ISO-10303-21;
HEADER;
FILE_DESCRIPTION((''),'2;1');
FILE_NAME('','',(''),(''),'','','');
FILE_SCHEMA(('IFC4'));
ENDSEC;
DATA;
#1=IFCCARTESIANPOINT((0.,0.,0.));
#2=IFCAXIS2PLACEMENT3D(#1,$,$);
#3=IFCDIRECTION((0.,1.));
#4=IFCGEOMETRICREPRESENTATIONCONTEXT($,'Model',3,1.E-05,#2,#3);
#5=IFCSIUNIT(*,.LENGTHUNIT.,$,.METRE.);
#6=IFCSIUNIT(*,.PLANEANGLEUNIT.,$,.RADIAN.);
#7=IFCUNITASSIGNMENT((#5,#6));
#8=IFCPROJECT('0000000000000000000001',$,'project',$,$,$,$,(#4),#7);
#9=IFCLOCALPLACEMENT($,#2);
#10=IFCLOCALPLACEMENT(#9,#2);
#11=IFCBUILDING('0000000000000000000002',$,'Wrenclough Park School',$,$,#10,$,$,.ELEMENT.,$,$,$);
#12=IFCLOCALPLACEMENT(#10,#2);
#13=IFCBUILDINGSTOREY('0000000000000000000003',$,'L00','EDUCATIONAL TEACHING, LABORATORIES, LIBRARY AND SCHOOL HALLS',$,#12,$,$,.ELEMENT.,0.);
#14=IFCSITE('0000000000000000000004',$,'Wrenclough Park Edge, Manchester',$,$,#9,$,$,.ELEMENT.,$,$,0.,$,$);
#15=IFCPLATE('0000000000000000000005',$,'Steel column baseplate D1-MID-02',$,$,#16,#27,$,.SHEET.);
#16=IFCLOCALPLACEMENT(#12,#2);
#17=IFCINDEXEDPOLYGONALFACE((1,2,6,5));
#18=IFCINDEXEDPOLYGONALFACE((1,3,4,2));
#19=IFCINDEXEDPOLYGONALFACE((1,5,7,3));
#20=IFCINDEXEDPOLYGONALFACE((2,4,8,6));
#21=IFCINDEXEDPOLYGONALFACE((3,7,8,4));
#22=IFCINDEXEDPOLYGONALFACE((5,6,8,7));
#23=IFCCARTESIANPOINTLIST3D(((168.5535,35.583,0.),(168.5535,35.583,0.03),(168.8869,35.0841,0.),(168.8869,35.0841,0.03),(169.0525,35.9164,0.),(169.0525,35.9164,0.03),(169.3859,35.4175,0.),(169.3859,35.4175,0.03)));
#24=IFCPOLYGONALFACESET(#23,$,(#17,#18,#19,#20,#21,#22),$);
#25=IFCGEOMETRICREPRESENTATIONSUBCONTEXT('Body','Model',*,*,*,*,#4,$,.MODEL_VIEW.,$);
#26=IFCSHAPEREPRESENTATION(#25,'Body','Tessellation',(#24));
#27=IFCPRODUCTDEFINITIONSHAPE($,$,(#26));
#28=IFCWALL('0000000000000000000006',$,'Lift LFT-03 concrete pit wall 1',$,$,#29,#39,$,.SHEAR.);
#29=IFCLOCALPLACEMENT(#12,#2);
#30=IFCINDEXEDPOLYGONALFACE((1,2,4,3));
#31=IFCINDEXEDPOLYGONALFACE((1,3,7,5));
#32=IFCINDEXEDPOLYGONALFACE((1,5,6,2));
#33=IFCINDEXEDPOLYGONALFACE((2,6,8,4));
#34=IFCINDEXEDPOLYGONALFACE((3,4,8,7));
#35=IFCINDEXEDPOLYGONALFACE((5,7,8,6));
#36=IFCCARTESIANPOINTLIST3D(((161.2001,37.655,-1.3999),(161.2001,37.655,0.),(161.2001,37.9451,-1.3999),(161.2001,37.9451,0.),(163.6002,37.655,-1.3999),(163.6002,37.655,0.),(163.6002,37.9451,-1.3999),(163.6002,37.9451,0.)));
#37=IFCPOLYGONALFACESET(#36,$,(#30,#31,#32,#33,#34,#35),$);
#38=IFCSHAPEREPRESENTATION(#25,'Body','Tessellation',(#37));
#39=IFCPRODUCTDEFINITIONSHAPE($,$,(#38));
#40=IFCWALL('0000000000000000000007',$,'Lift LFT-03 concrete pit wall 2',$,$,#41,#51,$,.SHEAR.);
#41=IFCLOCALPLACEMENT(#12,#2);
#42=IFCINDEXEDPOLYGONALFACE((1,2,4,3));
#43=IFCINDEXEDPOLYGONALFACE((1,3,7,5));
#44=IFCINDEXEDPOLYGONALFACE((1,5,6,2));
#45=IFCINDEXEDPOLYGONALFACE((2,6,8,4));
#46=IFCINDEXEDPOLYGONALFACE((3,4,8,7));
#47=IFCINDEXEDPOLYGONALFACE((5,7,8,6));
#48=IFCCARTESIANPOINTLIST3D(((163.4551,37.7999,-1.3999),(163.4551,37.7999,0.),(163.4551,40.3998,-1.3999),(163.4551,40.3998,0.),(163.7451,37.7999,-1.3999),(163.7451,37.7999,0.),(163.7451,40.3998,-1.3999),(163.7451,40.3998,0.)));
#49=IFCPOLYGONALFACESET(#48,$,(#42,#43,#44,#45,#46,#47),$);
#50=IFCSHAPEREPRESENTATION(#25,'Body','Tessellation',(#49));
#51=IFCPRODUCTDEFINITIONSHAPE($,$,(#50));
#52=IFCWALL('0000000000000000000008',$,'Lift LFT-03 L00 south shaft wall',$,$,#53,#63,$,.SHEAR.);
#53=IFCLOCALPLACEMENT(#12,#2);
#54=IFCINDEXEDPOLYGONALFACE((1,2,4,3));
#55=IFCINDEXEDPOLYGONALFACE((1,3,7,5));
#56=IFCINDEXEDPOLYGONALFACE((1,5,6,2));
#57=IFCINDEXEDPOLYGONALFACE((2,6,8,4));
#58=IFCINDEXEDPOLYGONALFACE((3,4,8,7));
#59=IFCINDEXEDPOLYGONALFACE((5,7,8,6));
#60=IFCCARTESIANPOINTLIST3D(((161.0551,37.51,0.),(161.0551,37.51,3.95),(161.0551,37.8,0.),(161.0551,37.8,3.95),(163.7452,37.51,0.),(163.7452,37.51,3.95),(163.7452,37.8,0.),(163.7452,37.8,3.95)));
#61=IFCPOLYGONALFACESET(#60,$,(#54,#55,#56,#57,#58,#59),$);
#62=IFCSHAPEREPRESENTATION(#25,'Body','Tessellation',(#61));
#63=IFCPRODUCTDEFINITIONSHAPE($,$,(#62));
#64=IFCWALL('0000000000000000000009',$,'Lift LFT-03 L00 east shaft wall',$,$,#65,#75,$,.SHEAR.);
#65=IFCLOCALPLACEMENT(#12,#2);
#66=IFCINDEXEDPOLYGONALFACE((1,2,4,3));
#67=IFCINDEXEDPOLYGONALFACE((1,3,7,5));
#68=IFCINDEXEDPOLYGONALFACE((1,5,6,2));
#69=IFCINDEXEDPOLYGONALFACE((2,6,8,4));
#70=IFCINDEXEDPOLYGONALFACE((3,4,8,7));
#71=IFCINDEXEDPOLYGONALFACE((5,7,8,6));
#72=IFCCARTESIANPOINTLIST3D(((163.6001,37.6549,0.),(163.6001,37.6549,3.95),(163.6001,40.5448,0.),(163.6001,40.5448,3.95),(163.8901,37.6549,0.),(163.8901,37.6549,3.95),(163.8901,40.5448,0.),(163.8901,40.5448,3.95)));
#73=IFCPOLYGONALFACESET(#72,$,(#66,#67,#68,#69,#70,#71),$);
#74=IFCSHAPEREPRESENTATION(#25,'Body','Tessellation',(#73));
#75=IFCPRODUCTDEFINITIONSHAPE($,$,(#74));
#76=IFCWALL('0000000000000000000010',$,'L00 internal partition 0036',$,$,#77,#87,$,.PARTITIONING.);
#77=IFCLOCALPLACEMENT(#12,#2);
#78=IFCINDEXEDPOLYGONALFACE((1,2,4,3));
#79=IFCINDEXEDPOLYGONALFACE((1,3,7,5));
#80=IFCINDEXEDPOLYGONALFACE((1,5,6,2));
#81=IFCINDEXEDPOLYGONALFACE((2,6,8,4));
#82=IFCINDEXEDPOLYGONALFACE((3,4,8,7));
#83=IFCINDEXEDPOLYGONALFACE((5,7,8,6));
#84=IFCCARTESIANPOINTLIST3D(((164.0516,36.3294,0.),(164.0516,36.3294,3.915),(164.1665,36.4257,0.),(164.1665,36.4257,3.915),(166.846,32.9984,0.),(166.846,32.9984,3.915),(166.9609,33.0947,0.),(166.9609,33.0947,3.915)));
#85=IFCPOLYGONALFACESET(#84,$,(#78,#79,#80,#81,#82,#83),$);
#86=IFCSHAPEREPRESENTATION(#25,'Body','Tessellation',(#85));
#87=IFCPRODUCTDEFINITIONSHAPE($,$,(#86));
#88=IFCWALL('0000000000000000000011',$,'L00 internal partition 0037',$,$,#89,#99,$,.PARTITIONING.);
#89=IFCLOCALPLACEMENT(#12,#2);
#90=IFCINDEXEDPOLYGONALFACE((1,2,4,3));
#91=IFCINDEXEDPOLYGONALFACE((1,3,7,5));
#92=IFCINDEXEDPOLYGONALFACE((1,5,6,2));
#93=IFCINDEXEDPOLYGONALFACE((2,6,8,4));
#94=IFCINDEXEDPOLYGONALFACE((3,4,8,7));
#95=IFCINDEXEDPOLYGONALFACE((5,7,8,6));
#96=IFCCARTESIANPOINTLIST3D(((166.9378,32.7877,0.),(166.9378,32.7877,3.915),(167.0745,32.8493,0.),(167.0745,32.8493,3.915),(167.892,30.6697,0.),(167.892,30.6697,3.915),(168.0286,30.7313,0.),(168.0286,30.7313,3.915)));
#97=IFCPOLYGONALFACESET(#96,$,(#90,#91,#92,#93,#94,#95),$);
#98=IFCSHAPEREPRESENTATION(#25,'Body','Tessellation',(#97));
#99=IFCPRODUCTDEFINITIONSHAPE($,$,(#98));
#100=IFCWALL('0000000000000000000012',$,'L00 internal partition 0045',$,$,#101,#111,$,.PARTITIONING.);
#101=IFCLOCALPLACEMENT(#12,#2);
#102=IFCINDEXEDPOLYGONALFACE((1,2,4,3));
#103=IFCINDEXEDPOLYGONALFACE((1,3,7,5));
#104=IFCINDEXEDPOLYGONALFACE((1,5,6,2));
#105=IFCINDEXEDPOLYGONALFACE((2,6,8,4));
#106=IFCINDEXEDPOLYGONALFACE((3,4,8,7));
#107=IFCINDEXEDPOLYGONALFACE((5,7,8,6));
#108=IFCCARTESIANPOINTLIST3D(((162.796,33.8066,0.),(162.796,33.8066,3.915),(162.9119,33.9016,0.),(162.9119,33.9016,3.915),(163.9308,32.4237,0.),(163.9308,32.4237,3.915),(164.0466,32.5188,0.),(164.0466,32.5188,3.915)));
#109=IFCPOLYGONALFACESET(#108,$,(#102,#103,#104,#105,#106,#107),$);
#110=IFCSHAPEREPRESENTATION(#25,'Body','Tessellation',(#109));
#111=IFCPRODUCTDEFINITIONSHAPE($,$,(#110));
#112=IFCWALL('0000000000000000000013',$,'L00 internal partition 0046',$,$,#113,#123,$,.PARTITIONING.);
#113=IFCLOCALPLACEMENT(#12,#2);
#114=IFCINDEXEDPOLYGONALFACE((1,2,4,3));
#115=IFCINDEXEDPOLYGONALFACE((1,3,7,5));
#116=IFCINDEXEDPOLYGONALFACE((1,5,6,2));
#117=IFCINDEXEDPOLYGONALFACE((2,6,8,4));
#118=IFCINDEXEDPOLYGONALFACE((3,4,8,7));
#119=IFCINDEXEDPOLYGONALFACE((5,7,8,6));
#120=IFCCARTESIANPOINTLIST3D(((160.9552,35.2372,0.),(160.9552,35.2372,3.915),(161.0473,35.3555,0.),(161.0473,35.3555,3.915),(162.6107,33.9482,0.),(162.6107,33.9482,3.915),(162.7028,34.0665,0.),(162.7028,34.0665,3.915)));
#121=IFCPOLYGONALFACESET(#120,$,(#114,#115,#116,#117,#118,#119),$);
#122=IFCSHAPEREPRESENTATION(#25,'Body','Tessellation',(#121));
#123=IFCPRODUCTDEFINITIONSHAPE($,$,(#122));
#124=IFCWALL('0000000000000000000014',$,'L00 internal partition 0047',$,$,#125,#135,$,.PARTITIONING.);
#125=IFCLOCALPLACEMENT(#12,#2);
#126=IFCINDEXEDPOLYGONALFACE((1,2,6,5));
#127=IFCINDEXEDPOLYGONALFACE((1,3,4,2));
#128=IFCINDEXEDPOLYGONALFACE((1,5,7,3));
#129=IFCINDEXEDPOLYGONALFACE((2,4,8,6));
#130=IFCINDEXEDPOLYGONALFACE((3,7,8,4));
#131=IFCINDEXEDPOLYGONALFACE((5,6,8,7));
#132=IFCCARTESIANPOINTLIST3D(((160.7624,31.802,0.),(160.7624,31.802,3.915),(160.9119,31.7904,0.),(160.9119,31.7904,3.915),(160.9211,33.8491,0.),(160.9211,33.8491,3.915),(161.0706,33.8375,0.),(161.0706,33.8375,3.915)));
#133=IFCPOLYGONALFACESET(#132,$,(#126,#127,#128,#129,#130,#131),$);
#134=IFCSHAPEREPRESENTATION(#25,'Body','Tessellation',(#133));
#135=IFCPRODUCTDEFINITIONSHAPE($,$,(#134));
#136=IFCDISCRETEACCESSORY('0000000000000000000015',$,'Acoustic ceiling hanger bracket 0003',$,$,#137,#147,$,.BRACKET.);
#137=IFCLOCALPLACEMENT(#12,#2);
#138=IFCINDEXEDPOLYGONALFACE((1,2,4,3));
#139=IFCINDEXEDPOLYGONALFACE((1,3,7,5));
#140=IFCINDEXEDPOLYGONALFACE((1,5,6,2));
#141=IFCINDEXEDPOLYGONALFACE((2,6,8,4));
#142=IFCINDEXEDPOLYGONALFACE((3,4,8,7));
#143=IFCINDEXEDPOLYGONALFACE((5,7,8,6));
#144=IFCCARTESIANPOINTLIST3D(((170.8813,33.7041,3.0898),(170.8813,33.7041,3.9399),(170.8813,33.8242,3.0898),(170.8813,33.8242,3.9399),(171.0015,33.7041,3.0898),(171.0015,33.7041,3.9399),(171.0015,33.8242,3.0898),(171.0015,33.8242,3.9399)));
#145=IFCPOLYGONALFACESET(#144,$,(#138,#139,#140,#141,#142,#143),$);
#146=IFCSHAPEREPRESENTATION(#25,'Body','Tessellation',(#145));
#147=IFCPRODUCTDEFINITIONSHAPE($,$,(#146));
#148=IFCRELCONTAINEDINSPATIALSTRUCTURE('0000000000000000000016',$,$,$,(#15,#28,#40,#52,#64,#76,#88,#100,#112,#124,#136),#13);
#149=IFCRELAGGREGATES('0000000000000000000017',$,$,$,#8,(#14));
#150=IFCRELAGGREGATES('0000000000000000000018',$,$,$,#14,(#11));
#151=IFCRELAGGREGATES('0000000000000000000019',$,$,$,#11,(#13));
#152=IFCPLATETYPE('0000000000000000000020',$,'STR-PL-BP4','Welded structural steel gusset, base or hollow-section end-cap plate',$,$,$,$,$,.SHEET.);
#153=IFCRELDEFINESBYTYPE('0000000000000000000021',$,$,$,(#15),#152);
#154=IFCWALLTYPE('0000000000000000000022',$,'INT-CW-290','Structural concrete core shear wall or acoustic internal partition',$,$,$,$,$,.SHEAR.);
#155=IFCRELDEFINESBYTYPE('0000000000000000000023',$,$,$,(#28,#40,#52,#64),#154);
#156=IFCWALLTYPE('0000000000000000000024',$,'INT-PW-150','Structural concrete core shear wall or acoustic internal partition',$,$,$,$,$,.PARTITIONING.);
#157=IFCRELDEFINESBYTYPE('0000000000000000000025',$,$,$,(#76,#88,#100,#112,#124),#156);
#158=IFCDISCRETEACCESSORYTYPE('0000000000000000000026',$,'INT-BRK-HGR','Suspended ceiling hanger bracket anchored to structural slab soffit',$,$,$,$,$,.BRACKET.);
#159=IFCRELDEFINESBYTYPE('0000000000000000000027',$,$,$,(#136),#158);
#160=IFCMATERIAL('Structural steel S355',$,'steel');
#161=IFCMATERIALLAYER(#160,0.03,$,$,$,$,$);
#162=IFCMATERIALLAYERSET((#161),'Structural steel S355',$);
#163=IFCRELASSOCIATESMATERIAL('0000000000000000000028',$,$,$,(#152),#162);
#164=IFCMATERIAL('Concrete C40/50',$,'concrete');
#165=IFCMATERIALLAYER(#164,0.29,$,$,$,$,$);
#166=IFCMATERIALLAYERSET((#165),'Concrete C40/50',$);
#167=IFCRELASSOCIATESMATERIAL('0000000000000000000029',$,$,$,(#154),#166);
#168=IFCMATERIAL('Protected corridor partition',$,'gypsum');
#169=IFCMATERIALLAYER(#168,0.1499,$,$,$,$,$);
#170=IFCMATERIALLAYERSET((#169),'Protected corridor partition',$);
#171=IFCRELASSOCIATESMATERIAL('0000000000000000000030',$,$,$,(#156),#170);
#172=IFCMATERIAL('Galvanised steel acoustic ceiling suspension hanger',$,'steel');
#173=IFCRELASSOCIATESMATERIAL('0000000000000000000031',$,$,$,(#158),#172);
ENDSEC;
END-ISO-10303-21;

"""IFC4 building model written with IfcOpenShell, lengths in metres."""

from ifc_helpers import new_model, si_unit, direction, frame, frame_2d, origin, origin_2d, place, context, subcontext, project, spatial, rectangle, extrude, material, layer, layer_set, type_object, element, save


model = new_model("IFC4")

# Units and contexts
model_context = context("Model", 3, precision=1e-05, world=origin(), true_north=direction((0.0, 1.0)))
body_context = subcontext(model_context, "Body", "Model", "MODEL_VIEW")
ifc_project = project(units=[si_unit("LENGTHUNIT", "METRE"), si_unit("PLANEANGLEUNIT", "RADIAN")], contexts=[model_context])

# Site, building, storey
site_placement = place(None, origin())
site = spatial("IfcSite", under=ifc_project, at=site_placement, Name="Wrenclough Park Edge, Manchester", CompositionType="ELEMENT", RefElevation=0.0)
building_placement = place(site_placement, origin())
building = spatial("IfcBuilding", under=site, at=building_placement, Name="Wrenclough Park School", CompositionType="ELEMENT")
storey_placement = place(building_placement, origin())
storey = spatial("IfcBuildingStorey", under=building, at=storey_placement, Name="L00", Description="EDUCATIONAL TEACHING, LABORATORIES, LIBRARY AND SCHOOL HALLS", CompositionType="ELEMENT", Elevation=0.0)

# Shared definitions
ifc_material_1 = material(Name="Structural steel S355", Category="steel")

# Plate
ifc_layer_1 = layer(ifc_material_1, 0.03)
ifc_layer_set_1 = layer_set([ifc_layer_1], Name="Structural steel S355")
plate_type_1 = type_object("IfcPlateType", Name="STR-PL-BP4", Description="Welded structural steel gusset, base or hollow-section end-cap plate", PredefinedType="SHEET", material=ifc_layer_set_1)
plate_1_placement = place(storey_placement, frame((168.9697, 35.5002, 0.0), z_axis=(0.0, 0.0, 1.0), x_axis=(-0.55557, 0.83147, 0.0)))
element("IfcPlate", 1, at=plate_1_placement, inside=storey, type_object=plate_type_1, Name="Steel column baseplate D1-MID-02", PredefinedType="SHEET", context=body_context, shape_type="SweptSolid", body=[
    extrude(rectangle(XDim=0.6001, YDim=0.6001, at=origin_2d()), origin(), (0.0, 0.0, 1.0), 0.03),
])

# Walls
ifc_material_2 = material(Name="Concrete C40/50", Category="concrete")
ifc_layer_2 = layer(ifc_material_2, 0.29)
ifc_layer_set_2 = layer_set([ifc_layer_2], Name="Concrete C40/50")
wall_type_1 = type_object("IfcWallType", Name="INT-CW-290", Description="Structural concrete core shear wall or acoustic internal partition", PredefinedType="SHEAR", material=ifc_layer_set_2)
wall_1_placement = place(storey_placement, frame((161.2, 37.8, -1.3999), z_axis=(0.0, 0.0, 1.0), x_axis=(1.0, 0.0, 0.0)))
element("IfcWall", 2, at=wall_1_placement, inside=storey, type_object=wall_type_1, Name="Lift LFT-03 concrete pit wall 1", PredefinedType="SHEAR", context=body_context, shape_type="SweptSolid", body=[
    extrude(rectangle(XDim=2.4001, YDim=0.29, at=frame_2d((1.2002, 0.0))), origin(), (0.0, 0.0, 1.0), 1.3999),
])
wall_2_placement = place(storey_placement, frame((163.6001, 37.8, -1.3999), z_axis=(0.0, 0.0, 1.0), x_axis=(0.0, 1.0, 0.0)))
element("IfcWall", 3, at=wall_2_placement, inside=storey, type_object=wall_type_1, Name="Lift LFT-03 concrete pit wall 2", PredefinedType="SHEAR", context=body_context, shape_type="SweptSolid", body=[
    extrude(rectangle(XDim=2.5999, YDim=0.29, at=frame_2d((1.2998, 0.0))), origin(), (0.0, 0.0, 1.0), 1.3999),
])
wall_3_placement = place(storey_placement, frame((161.0549, 37.655, 0.0), z_axis=(0.0, 0.0, 1.0), x_axis=(1.0, 0.0, 0.0)))
element("IfcWall", 4, at=wall_3_placement, inside=storey, type_object=wall_type_1, Name="Lift LFT-03 L00 south shaft wall", PredefinedType="SHEAR", context=body_context, shape_type="SweptSolid", body=[
    extrude(rectangle(XDim=2.6902, YDim=0.29, at=frame_2d((1.3452, 0.0))), origin(), (0.0, 0.0, 1.0), 3.95),
])
wall_4_placement = place(storey_placement, frame((163.7451, 37.655, 0.0), z_axis=(0.0, 0.0, 1.0), x_axis=(0.0, 1.0, 0.0)))
element("IfcWall", 5, at=wall_4_placement, inside=storey, type_object=wall_type_1, Name="Lift LFT-03 L00 east shaft wall", PredefinedType="SHEAR", context=body_context, shape_type="SweptSolid", body=[
    extrude(rectangle(XDim=2.8899, YDim=0.29, at=frame_2d((1.4448, 0.0))), origin(), (0.0, 0.0, 1.0), 3.95),
])
ifc_material_3 = material(Name="Protected corridor partition", Category="gypsum")
ifc_layer_3 = layer(ifc_material_3, 0.1499)
ifc_layer_set_3 = layer_set([ifc_layer_3], Name="Protected corridor partition")
wall_type_2 = type_object("IfcWallType", Name="INT-PW-150", Description="Structural concrete core shear wall or acoustic internal partition", PredefinedType="PARTITIONING", material=ifc_layer_set_3)
wall_5_placement = place(storey_placement, frame((164.1091, 36.3774, 0.0), z_axis=(0.0, 0.0, 1.0), x_axis=(0.642699, -0.766118, 0.0)))
element("IfcWall", 6, at=wall_5_placement, inside=storey, type_object=wall_type_2, Name="L00 internal partition 0036", PredefinedType="PARTITIONING", context=body_context, shape_type="SweptSolid", body=[
    extrude(rectangle(XDim=4.3479, YDim=0.1499, at=frame_2d((2.1738, 0.0))), origin(), (0.0, 0.0, 1.0), 3.915),
])
wall_6_placement = place(storey_placement, frame((167.0061, 32.8186, 0.0), z_axis=(0.0, 0.0, 1.0), x_axis=(0.410736, -0.911754, 0.0)))
element("IfcWall", 7, at=wall_6_placement, inside=storey, type_object=wall_type_2, Name="L00 internal partition 0037", PredefinedType="PARTITIONING", context=body_context, shape_type="SweptSolid", body=[
    extrude(rectangle(XDim=2.323, YDim=0.1499, at=frame_2d((1.1616, 0.0))), origin(), (0.0, 0.0, 1.0), 3.915),
])
wall_7_placement = place(storey_placement, frame((163.9888, 32.4712, 0.0), z_axis=(0.0, 0.0, 1.0), x_axis=(-0.634367, 0.773032, 0.0)))
element("IfcWall", 8, at=wall_7_placement, inside=storey, type_object=wall_type_2, Name="L00 internal partition 0045", PredefinedType="PARTITIONING", context=body_context, shape_type="SweptSolid", body=[
    extrude(rectangle(XDim=1.7888, YDim=0.1499, at=frame_2d((0.8945, 0.0))), origin(), (0.0, 0.0, 1.0), 3.915),
])
wall_8_placement = place(storey_placement, frame((162.6567, 34.0073, 0.0), z_axis=(0.0, 0.0, 1.0), x_axis=(-0.78902, 0.614367, 0.0)))
element("IfcWall", 9, at=wall_8_placement, inside=storey, type_object=wall_type_2, Name="L00 internal partition 0046", PredefinedType="PARTITIONING", context=body_context, shape_type="SweptSolid", body=[
    extrude(rectangle(XDim=2.0981, YDim=0.1499, at=frame_2d((1.0491, 0.0))), origin(), (0.0, 0.0, 1.0), 3.915),
])
wall_9_placement = place(storey_placement, frame((160.9958, 33.8433, 0.0), z_axis=(0.0, 0.0, 1.0), x_axis=(-0.077288, -0.997009, 0.0)))
element("IfcWall", 10, at=wall_9_placement, inside=storey, type_object=wall_type_2, Name="L00 internal partition 0047", PredefinedType="PARTITIONING", context=body_context, shape_type="SweptSolid", body=[
    extrude(rectangle(XDim=2.0532, YDim=0.1499, at=frame_2d((1.0266, 0.0))), origin(), (0.0, 0.0, 1.0), 3.915),
])

# Discrete accessory
ifc_material_4 = material(Name="Galvanised steel acoustic ceiling suspension hanger", Category="steel")
discrete_accessory_type = type_object("IfcDiscreteAccessoryType", Name="INT-BRK-HGR", Description="Suspended ceiling hanger bracket anchored to structural slab soffit", PredefinedType="BRACKET", material=ifc_material_4)
discrete_accessory_placement = place(storey_placement, frame((170.9414, 33.7642, 3.0898), z_axis=(0.0, 0.0, 1.0), x_axis=(1.0, 0.0, 0.0)))
element("IfcDiscreteAccessory", 11, at=discrete_accessory_placement, inside=storey, type_object=discrete_accessory_type, Name="Acoustic ceiling hanger bracket 0003", PredefinedType="BRACKET", context=body_context, shape_type="SweptSolid", body=[
    extrude(rectangle(XDim=0.1201, YDim=0.1201, at=origin_2d()), origin(), (0.0, 0.0, 1.0), 0.8501),
])

save(model, "model.ifc")
